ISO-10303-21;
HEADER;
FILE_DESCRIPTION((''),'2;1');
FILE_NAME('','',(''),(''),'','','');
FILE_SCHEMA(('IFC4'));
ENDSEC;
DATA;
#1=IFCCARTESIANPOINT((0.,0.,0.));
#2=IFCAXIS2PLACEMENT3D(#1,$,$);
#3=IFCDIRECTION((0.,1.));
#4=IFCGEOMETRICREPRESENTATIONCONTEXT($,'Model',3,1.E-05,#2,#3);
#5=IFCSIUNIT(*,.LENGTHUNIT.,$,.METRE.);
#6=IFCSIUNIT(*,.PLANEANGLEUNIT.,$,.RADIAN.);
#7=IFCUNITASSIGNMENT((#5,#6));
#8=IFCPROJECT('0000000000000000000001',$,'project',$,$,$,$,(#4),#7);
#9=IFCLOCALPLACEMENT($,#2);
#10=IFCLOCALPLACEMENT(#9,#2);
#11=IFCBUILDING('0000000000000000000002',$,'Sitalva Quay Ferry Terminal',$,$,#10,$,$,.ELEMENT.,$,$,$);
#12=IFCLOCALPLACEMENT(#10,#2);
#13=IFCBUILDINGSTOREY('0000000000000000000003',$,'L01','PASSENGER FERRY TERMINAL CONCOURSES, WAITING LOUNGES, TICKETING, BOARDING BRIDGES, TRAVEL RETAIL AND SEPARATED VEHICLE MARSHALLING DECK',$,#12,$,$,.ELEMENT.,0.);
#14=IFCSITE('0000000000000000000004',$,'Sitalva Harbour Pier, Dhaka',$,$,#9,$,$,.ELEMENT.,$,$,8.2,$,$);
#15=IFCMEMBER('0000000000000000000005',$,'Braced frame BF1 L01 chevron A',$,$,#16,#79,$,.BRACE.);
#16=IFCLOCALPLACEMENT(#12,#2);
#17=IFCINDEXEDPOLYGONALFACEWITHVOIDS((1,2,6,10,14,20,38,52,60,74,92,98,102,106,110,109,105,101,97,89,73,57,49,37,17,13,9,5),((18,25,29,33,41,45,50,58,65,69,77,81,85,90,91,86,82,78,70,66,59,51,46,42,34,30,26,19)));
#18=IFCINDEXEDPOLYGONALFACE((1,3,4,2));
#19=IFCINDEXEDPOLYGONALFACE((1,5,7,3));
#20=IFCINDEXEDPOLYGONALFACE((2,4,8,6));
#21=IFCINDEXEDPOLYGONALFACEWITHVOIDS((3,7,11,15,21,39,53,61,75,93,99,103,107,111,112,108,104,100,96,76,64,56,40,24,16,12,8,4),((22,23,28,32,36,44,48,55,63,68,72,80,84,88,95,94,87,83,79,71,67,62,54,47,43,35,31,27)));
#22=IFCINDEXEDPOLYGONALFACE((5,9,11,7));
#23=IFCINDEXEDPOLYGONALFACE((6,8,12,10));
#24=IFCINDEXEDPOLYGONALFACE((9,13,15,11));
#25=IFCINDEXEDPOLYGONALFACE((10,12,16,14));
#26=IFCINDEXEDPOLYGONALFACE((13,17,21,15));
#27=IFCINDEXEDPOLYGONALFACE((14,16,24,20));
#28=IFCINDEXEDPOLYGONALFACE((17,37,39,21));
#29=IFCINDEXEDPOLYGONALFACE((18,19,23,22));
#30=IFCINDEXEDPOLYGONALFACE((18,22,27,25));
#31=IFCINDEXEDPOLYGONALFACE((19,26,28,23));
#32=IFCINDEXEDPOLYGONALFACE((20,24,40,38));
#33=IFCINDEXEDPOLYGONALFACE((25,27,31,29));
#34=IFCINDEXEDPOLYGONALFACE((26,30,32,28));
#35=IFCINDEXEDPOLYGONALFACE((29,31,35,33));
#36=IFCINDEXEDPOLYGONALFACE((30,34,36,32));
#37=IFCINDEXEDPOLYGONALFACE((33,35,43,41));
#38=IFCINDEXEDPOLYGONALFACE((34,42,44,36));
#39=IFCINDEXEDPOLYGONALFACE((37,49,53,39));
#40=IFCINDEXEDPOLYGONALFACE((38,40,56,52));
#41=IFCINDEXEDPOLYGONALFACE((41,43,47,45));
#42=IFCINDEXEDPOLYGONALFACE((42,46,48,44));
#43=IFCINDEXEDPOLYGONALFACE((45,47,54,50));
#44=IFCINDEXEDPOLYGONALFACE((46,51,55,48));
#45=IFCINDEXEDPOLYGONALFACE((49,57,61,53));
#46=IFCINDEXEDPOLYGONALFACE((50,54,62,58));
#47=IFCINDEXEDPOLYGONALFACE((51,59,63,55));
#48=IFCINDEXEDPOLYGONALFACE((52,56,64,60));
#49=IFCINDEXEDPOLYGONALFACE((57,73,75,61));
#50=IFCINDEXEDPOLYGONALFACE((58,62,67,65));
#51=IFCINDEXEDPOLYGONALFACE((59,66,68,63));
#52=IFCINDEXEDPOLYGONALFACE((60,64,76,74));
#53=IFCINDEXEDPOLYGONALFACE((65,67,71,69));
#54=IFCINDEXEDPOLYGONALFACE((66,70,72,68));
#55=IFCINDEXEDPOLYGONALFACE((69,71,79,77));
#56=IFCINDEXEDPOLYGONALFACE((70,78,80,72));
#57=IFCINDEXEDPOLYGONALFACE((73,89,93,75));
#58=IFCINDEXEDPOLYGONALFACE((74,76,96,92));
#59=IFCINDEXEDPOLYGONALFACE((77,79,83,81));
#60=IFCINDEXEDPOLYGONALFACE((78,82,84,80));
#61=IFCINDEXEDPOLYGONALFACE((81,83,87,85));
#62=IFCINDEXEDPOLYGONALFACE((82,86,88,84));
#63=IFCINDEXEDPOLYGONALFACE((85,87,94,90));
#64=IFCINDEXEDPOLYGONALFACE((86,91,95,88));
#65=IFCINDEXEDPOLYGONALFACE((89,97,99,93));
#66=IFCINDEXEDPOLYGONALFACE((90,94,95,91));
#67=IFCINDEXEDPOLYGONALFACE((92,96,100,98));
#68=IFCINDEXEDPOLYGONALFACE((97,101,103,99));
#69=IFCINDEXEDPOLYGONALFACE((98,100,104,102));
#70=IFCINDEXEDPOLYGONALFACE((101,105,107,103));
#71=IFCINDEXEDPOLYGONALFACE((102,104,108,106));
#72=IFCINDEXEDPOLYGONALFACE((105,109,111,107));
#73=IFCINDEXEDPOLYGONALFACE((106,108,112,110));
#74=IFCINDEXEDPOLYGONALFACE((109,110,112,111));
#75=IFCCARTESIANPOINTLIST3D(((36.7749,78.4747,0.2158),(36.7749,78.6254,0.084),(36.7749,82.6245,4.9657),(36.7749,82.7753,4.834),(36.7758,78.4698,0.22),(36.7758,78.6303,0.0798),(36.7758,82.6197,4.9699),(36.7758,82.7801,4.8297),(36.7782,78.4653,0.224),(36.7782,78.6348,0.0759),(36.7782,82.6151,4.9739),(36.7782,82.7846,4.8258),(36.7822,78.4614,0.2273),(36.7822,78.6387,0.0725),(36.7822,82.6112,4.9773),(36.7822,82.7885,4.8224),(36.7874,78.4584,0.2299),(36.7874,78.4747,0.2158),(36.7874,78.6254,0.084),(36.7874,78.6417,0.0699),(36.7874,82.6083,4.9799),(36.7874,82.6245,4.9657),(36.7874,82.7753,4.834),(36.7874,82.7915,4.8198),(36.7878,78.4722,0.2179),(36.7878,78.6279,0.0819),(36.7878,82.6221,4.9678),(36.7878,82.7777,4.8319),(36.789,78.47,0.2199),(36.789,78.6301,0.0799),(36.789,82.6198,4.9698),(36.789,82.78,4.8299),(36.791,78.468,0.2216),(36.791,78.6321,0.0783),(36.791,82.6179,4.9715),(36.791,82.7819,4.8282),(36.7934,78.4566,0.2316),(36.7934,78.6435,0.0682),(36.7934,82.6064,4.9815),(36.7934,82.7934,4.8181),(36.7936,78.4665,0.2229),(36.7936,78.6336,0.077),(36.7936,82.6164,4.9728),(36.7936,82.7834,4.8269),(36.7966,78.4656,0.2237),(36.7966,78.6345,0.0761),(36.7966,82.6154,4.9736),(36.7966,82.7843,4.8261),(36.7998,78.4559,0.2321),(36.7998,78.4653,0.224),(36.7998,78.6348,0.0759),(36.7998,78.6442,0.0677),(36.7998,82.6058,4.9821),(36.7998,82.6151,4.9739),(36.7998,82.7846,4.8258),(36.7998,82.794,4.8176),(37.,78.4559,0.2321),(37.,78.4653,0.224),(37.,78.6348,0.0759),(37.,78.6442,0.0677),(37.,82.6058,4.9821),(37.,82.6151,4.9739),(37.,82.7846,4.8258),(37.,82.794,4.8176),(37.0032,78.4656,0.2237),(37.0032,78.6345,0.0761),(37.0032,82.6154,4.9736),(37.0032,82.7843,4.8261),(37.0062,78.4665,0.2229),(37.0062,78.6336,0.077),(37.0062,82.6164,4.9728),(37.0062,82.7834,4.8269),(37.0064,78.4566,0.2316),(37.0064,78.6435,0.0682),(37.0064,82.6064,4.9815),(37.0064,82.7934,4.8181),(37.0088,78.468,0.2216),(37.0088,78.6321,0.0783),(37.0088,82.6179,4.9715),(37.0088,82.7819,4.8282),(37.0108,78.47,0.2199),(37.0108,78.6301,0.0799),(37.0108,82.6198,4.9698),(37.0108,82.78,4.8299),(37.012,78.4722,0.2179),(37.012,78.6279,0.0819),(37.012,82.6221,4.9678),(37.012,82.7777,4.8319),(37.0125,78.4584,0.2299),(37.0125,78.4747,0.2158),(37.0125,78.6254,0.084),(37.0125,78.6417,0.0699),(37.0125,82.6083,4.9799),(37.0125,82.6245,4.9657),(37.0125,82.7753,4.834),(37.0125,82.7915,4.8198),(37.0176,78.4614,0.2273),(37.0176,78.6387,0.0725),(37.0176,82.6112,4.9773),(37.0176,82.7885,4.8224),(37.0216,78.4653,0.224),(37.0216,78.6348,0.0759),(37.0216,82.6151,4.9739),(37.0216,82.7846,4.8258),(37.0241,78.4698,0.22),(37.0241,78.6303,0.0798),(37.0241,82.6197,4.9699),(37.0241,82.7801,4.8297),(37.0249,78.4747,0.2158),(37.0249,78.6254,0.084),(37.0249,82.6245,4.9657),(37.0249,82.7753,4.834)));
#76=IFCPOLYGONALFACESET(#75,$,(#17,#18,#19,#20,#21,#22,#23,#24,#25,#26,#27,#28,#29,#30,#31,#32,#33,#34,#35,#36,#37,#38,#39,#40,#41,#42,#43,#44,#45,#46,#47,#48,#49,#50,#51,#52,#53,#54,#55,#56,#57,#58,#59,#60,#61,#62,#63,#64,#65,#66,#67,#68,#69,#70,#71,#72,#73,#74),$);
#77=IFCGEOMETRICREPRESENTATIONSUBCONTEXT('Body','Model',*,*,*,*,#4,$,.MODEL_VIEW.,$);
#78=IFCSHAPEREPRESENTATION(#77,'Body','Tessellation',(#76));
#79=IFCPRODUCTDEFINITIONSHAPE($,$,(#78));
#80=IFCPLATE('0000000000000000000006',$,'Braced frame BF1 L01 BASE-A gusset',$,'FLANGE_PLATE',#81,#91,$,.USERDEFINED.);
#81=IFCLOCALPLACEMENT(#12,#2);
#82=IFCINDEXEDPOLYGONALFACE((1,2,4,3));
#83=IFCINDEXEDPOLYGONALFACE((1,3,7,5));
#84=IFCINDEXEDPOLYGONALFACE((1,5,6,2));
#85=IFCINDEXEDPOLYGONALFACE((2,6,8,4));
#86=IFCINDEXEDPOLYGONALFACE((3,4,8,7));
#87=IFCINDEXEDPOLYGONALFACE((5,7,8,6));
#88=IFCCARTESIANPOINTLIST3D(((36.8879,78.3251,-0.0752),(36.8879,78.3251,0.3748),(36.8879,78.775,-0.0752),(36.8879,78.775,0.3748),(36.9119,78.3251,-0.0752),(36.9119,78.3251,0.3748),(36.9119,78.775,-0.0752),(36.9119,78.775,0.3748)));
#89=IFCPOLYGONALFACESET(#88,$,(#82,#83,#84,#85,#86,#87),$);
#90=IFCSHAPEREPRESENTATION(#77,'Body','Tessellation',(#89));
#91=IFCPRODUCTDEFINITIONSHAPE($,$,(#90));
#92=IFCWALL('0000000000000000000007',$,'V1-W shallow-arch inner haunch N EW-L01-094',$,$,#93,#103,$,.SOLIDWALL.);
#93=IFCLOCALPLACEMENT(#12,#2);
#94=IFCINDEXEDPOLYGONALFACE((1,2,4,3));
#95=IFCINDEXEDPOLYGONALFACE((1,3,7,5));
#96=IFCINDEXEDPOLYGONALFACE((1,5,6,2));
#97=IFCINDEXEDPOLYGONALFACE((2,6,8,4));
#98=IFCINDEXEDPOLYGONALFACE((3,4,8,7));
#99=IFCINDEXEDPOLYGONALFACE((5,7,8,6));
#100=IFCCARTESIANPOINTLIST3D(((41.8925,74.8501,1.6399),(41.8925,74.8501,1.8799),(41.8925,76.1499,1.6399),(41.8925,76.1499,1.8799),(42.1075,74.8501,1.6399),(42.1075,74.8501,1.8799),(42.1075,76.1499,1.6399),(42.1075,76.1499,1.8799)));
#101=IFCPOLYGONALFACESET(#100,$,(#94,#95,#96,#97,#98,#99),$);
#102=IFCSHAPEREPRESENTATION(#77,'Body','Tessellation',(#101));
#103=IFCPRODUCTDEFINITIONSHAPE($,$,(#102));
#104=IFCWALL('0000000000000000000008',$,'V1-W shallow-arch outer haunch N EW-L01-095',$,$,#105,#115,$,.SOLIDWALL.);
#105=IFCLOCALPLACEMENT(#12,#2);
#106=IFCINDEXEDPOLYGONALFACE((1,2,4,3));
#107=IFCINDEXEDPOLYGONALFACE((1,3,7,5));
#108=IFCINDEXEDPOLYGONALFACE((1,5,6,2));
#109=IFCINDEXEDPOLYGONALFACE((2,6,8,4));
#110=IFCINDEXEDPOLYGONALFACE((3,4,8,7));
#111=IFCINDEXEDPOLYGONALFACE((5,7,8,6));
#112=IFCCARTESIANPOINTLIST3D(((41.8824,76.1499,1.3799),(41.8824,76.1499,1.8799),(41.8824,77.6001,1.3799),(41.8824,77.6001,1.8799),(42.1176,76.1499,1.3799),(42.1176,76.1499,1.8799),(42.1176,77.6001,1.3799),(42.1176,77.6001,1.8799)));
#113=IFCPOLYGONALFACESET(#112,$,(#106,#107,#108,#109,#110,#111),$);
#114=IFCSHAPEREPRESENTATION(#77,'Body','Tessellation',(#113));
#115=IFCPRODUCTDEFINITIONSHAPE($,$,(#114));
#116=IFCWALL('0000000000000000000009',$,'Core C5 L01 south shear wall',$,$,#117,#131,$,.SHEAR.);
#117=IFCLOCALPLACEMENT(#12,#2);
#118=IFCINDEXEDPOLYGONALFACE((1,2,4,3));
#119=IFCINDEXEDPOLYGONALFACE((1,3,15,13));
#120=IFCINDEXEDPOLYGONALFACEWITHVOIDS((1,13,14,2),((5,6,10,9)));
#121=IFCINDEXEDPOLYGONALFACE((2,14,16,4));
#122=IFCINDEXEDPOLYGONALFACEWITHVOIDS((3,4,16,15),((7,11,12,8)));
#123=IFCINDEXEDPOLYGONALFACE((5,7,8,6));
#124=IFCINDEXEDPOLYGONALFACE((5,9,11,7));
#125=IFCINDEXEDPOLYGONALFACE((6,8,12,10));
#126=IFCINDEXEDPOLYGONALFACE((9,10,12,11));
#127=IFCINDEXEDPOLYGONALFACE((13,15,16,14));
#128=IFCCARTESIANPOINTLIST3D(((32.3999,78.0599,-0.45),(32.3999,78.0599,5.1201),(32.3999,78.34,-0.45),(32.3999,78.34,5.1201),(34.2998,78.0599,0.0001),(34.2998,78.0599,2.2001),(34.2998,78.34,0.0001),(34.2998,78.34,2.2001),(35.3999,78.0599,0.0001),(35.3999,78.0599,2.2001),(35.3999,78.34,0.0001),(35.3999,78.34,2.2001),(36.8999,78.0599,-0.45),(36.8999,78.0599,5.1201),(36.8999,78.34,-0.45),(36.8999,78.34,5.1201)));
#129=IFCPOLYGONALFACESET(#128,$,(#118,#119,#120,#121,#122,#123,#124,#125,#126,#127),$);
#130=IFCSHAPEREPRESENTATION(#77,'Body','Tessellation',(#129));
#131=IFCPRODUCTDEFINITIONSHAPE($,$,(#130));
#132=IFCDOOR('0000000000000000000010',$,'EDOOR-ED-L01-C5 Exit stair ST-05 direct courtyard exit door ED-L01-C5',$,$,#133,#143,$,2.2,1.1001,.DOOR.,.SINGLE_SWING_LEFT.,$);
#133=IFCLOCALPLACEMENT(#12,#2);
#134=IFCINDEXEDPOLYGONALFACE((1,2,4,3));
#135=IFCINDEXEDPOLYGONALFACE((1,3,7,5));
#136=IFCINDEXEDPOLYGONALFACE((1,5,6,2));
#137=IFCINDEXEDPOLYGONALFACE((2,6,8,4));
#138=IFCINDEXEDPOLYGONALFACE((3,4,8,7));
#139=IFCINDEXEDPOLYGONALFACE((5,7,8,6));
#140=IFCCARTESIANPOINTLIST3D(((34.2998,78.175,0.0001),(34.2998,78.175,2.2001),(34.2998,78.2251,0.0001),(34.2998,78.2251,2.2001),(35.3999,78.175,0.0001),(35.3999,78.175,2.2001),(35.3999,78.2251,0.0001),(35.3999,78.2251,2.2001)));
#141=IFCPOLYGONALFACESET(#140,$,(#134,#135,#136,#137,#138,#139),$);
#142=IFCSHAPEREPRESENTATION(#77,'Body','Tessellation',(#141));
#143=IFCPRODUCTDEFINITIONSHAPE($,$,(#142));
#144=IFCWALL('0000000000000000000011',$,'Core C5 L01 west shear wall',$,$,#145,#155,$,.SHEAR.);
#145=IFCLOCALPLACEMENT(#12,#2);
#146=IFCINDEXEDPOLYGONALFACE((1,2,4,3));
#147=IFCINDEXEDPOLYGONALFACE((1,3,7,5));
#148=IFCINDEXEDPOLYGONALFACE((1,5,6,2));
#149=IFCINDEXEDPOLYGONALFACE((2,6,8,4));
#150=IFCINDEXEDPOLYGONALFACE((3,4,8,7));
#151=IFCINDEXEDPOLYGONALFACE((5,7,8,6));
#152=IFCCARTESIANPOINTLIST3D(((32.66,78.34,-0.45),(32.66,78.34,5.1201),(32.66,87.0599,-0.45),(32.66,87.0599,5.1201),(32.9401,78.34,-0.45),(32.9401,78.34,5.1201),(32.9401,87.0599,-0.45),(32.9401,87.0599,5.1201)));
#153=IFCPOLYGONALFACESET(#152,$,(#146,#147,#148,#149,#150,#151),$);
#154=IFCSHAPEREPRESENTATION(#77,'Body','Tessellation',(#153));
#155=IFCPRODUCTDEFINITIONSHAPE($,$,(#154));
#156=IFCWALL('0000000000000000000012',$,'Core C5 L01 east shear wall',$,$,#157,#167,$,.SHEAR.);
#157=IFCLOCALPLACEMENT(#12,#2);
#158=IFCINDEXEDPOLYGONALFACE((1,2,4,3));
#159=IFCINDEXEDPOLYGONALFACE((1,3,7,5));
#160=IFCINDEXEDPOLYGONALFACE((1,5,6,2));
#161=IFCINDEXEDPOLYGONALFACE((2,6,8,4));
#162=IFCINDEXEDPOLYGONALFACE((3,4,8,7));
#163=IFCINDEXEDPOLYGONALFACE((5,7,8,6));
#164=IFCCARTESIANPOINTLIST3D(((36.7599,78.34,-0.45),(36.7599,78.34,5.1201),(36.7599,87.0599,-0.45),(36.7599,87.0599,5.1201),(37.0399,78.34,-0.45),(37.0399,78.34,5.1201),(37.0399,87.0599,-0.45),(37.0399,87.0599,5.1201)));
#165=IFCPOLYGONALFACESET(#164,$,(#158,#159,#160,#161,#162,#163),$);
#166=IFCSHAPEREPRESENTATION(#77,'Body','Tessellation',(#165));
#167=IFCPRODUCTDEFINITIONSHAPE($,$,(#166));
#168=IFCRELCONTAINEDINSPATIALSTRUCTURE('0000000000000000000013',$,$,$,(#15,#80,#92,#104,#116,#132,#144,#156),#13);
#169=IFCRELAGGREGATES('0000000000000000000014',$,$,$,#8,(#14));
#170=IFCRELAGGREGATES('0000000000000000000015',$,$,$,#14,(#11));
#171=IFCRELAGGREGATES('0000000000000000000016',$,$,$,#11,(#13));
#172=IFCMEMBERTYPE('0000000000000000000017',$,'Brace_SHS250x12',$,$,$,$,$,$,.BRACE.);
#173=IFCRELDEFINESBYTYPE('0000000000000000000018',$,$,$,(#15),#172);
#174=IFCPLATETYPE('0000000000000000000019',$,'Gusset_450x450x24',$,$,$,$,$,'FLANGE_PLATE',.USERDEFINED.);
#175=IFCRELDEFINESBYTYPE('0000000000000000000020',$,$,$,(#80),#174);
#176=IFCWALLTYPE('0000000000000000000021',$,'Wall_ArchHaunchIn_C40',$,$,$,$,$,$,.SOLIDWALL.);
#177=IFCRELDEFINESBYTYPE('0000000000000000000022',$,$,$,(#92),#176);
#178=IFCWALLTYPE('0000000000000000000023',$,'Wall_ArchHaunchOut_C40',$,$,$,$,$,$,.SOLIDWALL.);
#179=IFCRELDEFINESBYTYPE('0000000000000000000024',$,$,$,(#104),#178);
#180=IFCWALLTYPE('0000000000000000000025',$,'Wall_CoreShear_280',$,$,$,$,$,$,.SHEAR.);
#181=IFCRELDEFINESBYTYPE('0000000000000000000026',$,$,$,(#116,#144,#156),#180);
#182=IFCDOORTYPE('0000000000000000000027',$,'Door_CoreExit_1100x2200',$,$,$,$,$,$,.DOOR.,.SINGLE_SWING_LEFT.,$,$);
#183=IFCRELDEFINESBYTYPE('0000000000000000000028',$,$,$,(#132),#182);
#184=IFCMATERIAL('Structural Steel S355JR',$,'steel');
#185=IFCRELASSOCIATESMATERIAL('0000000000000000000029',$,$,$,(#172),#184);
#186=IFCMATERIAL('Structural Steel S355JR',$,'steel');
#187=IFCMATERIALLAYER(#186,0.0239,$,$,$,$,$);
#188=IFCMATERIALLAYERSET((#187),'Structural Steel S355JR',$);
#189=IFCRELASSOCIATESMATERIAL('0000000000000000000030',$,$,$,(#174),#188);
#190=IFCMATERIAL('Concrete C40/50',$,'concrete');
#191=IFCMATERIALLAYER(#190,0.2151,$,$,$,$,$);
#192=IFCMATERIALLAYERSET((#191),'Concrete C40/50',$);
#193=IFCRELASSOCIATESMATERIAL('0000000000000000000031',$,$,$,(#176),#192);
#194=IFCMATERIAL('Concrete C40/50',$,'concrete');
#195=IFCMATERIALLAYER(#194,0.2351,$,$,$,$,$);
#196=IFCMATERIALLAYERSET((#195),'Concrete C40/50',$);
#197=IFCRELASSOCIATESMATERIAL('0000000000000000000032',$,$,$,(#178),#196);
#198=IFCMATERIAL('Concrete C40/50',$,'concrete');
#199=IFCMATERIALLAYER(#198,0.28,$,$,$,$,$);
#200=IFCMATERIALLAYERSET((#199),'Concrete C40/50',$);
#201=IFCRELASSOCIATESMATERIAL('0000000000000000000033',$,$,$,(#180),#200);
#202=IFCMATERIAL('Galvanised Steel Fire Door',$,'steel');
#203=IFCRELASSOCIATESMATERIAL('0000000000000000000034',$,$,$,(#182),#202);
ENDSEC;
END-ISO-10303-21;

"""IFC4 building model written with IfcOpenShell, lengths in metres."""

from ifc_helpers import new_model, si_unit, direction, frame, frame_2d, origin, origin_2d, place, context, subcontext, project, spatial, rectangle, hollow_rectangle, extrude, material, layer, layer_set, material_profile, profile_set, type_object, element, fill, save


model = new_model("IFC4")

# Units and contexts
model_context = context("Model", 3, precision=1e-05, world=origin(), true_north=direction((0.0, 1.0)))
body_context = subcontext(model_context, "Body", "Model", "MODEL_VIEW")
ifc_project = project(units=[si_unit("LENGTHUNIT", "METRE"), si_unit("PLANEANGLEUNIT", "RADIAN")], contexts=[model_context])

# Site, building, storey
site_placement = place(None, origin())
site = spatial("IfcSite", under=ifc_project, at=site_placement, Name="Sitalva Harbour Pier, Dhaka", CompositionType="ELEMENT", RefElevation=8.2)
building_placement = place(site_placement, origin())
building = spatial("IfcBuilding", under=site, at=building_placement, Name="Sitalva Quay Ferry Terminal", CompositionType="ELEMENT")
storey_placement = place(building_placement, origin())
storey = spatial("IfcBuildingStorey", under=building, at=storey_placement, Name="L01", Description="PASSENGER FERRY TERMINAL CONCOURSES, WAITING LOUNGES, TICKETING, BOARDING BRIDGES, TRAVEL RETAIL AND SEPARATED VEHICLE MARSHALLING DECK", CompositionType="ELEMENT", Elevation=0.0)

# Member
ifc_material_1 = material(Name="Structural Steel S355JR", Category="steel")
ifc_material_profile_1 = material_profile(ifc_material_1, hollow_rectangle(XDim=0.25, YDim=0.25, WallThickness=0.0125, InnerFilletRadius=0.0125, OuterFilletRadius=0.0249, at=origin_2d()), Name="SHS250x250x12.5")
ifc_profile_set_1 = profile_set([ifc_material_profile_1], Name="Structural Steel S355JR")
member_type = type_object("IfcMemberType", Name="Brace_SHS250x12", PredefinedType="BRACE", material=ifc_profile_set_1)
member_placement = place(storey_placement, frame((36.8999, 78.55, 0.1499), z_axis=(0.0, 0.657934, 0.753075), x_axis=(-1.0, 0.0, 0.0)))
element("IfcMember", 1, at=member_placement, inside=storey, type_object=member_type, Name="Braced frame BF1 L01 chevron A", PredefinedType="BRACE", context=body_context, shape_type="SweptSolid", body=[
    extrude(hollow_rectangle(XDim=0.25, YDim=0.25, WallThickness=0.0125, InnerFilletRadius=0.0125, OuterFilletRadius=0.0249, at=origin_2d()), origin(), (0.0, 0.0, 1.0), 6.3074),
])

# Plate
ifc_material_2 = material(Name="Structural Steel S355JR", Category="steel")
ifc_layer_1 = layer(ifc_material_2, 0.0239)
ifc_layer_set_1 = layer_set([ifc_layer_1], Name="Structural Steel S355JR")
plate_type = type_object("IfcPlateType", Name="Gusset_450x450x24", ElementType="FLANGE_PLATE", PredefinedType="USERDEFINED", material=ifc_layer_set_1)
plate_placement = place(storey_placement, frame((36.8999, 78.55, -0.0752), z_axis=(0.0, 0.0, 1.0), x_axis=(1.0, 0.0, 0.0)))
element("IfcPlate", 2, at=plate_placement, inside=storey, type_object=plate_type, Name="Braced frame BF1 L01 BASE-A gusset", ObjectType="FLANGE_PLATE", PredefinedType="USERDEFINED", context=body_context, shape_type="SweptSolid", body=[
    extrude(rectangle(XDim=0.0239, YDim=0.45, at=origin_2d()), origin(), (0.0, 0.0, 1.0), 0.45),
])

# Walls
ifc_material_3 = material(Name="Concrete C40/50", Category="concrete")
ifc_layer_2 = layer(ifc_material_3, 0.2151)
ifc_layer_set_2 = layer_set([ifc_layer_2], Name="Concrete C40/50")
wall_type_1 = type_object("IfcWallType", Name="Wall_ArchHaunchIn_C40", PredefinedType="SOLIDWALL", material=ifc_layer_set_2)
wall_1_placement = place(storey_placement, frame((42.0, 74.8501, 1.6399), z_axis=(0.0, 0.0, 1.0), x_axis=(0.0, 1.0, 0.0)))
element("IfcWall", 3, at=wall_1_placement, inside=storey, type_object=wall_type_1, Name="V1-W shallow-arch inner haunch N EW-L01-094", PredefinedType="SOLIDWALL", context=body_context, shape_type="SweptSolid", body=[
    extrude(rectangle(XDim=1.2998, YDim=0.2151, at=frame_2d((0.6499, 0.0))), origin(), (0.0, 0.0, 1.0), 0.24),
])
ifc_material_4 = material(Name="Concrete C40/50", Category="concrete")
ifc_layer_3 = layer(ifc_material_4, 0.2351)
ifc_layer_set_3 = layer_set([ifc_layer_3], Name="Concrete C40/50")
wall_type_2 = type_object("IfcWallType", Name="Wall_ArchHaunchOut_C40", PredefinedType="SOLIDWALL", material=ifc_layer_set_3)
wall_2_placement = place(storey_placement, frame((42.0, 76.1499, 1.3799), z_axis=(0.0, 0.0, 1.0), x_axis=(0.0, 1.0, 0.0)))
element("IfcWall", 4, at=wall_2_placement, inside=storey, type_object=wall_type_2, Name="V1-W shallow-arch outer haunch N EW-L01-095", PredefinedType="SOLIDWALL", context=body_context, shape_type="SweptSolid", body=[
    extrude(rectangle(XDim=1.4502, YDim=0.2351, at=frame_2d((0.7251, 0.0))), origin(), (0.0, 0.0, 1.0), 0.5),
])

# Wall, opening, door
ifc_material_5 = material(Name="Concrete C40/50", Category="concrete")
ifc_layer_4 = layer(ifc_material_5, 0.28)
ifc_layer_set_4 = layer_set([ifc_layer_4], Name="Concrete C40/50")
wall_type_3 = type_object("IfcWallType", Name="Wall_CoreShear_280", PredefinedType="SHEAR", material=ifc_layer_set_4)
wall_3_placement = place(storey_placement, frame((36.8999, 78.2, -0.45), z_axis=(0.0, 0.0, 1.0), x_axis=(-1.0, 0.0, 0.0)))
wall_3 = element("IfcWall", 5, at=wall_3_placement, inside=storey, type_object=wall_type_3, Name="Core C5 L01 south shear wall", PredefinedType="SHEAR", context=body_context, shape_type="SweptSolid", body=[
    extrude(rectangle(XDim=4.5, YDim=0.28, at=frame_2d((2.25, 0.0))), origin(), (0.0, 0.0, 1.0), 5.5701),
])
opening_1_placement = place(wall_3_placement, frame((1.5, 0.0, 0.45)))
opening_1 = element("IfcOpeningElement", 6, at=opening_1_placement, cuts=wall_3, PredefinedType="OPENING", context=body_context, shape_type="SweptSolid", body=[
    extrude(rectangle(XDim=1.1001, YDim=2.2, at=frame_2d((0.55, 1.1001))), frame((0.0, 0.1499, 0.0), z_axis=(0.0, -1.0, 0.0), x_axis=(1.0, 0.0, 0.0)), (0.0, 0.0, 1.0), 0.3),
])
ifc_material_6 = material(Name="Galvanised Steel Fire Door", Category="steel")
door_type_1 = type_object("IfcDoorType", Name="Door_CoreExit_1100x2200", OperationType="SINGLE_SWING_LEFT", PredefinedType="DOOR", material=ifc_material_6)
door_1_placement = place(opening_1_placement, origin())
door_1 = element("IfcDoor", 7, at=door_1_placement, inside=storey, type_object=door_type_1, Name="EDOOR-ED-L01-C5 Exit stair ST-05 direct courtyard exit door ED-L01-C5", OperationType="SINGLE_SWING_LEFT", OverallHeight=2.2, OverallWidth=1.1001, PredefinedType="DOOR", context=body_context, shape_type="SweptSolid", body=[
    extrude(rectangle(XDim=1.1001, YDim=2.2, at=frame_2d((0.55, 1.1001))), frame((0.0, 0.0249, 0.0), z_axis=(0.0, -1.0, 0.0), x_axis=(1.0, 0.0, 0.0)), (0.0, 0.0, 1.0), 0.05),
])
fill(opening_1, door_1)

# Walls
for number, where, z_axis, x_axis, name in (
    (8, (32.8, 78.3401, -0.45), (0.0, 0.0, 1.0), (0.0, 1.0, 0.0), "Core C5 L01 west shear wall"),
    (9, (36.8999, 78.3401, -0.45), (0.0, 0.0, 1.0), (0.0, 1.0, 0.0), "Core C5 L01 east shear wall"),
):
    element("IfcWall", number, at=place(storey_placement, frame(where, z_axis=z_axis, x_axis=x_axis)), inside=storey, type_object=wall_type_3, Name=name, PredefinedType="SHEAR", context=body_context, shape_type="SweptSolid", body=[
        extrude(rectangle(XDim=8.72, YDim=0.28, at=frame_2d((4.3599, 0.0))), origin(), (0.0, 0.0, 1.0), 5.5701),
    ])

save(model, "model.ifc")
